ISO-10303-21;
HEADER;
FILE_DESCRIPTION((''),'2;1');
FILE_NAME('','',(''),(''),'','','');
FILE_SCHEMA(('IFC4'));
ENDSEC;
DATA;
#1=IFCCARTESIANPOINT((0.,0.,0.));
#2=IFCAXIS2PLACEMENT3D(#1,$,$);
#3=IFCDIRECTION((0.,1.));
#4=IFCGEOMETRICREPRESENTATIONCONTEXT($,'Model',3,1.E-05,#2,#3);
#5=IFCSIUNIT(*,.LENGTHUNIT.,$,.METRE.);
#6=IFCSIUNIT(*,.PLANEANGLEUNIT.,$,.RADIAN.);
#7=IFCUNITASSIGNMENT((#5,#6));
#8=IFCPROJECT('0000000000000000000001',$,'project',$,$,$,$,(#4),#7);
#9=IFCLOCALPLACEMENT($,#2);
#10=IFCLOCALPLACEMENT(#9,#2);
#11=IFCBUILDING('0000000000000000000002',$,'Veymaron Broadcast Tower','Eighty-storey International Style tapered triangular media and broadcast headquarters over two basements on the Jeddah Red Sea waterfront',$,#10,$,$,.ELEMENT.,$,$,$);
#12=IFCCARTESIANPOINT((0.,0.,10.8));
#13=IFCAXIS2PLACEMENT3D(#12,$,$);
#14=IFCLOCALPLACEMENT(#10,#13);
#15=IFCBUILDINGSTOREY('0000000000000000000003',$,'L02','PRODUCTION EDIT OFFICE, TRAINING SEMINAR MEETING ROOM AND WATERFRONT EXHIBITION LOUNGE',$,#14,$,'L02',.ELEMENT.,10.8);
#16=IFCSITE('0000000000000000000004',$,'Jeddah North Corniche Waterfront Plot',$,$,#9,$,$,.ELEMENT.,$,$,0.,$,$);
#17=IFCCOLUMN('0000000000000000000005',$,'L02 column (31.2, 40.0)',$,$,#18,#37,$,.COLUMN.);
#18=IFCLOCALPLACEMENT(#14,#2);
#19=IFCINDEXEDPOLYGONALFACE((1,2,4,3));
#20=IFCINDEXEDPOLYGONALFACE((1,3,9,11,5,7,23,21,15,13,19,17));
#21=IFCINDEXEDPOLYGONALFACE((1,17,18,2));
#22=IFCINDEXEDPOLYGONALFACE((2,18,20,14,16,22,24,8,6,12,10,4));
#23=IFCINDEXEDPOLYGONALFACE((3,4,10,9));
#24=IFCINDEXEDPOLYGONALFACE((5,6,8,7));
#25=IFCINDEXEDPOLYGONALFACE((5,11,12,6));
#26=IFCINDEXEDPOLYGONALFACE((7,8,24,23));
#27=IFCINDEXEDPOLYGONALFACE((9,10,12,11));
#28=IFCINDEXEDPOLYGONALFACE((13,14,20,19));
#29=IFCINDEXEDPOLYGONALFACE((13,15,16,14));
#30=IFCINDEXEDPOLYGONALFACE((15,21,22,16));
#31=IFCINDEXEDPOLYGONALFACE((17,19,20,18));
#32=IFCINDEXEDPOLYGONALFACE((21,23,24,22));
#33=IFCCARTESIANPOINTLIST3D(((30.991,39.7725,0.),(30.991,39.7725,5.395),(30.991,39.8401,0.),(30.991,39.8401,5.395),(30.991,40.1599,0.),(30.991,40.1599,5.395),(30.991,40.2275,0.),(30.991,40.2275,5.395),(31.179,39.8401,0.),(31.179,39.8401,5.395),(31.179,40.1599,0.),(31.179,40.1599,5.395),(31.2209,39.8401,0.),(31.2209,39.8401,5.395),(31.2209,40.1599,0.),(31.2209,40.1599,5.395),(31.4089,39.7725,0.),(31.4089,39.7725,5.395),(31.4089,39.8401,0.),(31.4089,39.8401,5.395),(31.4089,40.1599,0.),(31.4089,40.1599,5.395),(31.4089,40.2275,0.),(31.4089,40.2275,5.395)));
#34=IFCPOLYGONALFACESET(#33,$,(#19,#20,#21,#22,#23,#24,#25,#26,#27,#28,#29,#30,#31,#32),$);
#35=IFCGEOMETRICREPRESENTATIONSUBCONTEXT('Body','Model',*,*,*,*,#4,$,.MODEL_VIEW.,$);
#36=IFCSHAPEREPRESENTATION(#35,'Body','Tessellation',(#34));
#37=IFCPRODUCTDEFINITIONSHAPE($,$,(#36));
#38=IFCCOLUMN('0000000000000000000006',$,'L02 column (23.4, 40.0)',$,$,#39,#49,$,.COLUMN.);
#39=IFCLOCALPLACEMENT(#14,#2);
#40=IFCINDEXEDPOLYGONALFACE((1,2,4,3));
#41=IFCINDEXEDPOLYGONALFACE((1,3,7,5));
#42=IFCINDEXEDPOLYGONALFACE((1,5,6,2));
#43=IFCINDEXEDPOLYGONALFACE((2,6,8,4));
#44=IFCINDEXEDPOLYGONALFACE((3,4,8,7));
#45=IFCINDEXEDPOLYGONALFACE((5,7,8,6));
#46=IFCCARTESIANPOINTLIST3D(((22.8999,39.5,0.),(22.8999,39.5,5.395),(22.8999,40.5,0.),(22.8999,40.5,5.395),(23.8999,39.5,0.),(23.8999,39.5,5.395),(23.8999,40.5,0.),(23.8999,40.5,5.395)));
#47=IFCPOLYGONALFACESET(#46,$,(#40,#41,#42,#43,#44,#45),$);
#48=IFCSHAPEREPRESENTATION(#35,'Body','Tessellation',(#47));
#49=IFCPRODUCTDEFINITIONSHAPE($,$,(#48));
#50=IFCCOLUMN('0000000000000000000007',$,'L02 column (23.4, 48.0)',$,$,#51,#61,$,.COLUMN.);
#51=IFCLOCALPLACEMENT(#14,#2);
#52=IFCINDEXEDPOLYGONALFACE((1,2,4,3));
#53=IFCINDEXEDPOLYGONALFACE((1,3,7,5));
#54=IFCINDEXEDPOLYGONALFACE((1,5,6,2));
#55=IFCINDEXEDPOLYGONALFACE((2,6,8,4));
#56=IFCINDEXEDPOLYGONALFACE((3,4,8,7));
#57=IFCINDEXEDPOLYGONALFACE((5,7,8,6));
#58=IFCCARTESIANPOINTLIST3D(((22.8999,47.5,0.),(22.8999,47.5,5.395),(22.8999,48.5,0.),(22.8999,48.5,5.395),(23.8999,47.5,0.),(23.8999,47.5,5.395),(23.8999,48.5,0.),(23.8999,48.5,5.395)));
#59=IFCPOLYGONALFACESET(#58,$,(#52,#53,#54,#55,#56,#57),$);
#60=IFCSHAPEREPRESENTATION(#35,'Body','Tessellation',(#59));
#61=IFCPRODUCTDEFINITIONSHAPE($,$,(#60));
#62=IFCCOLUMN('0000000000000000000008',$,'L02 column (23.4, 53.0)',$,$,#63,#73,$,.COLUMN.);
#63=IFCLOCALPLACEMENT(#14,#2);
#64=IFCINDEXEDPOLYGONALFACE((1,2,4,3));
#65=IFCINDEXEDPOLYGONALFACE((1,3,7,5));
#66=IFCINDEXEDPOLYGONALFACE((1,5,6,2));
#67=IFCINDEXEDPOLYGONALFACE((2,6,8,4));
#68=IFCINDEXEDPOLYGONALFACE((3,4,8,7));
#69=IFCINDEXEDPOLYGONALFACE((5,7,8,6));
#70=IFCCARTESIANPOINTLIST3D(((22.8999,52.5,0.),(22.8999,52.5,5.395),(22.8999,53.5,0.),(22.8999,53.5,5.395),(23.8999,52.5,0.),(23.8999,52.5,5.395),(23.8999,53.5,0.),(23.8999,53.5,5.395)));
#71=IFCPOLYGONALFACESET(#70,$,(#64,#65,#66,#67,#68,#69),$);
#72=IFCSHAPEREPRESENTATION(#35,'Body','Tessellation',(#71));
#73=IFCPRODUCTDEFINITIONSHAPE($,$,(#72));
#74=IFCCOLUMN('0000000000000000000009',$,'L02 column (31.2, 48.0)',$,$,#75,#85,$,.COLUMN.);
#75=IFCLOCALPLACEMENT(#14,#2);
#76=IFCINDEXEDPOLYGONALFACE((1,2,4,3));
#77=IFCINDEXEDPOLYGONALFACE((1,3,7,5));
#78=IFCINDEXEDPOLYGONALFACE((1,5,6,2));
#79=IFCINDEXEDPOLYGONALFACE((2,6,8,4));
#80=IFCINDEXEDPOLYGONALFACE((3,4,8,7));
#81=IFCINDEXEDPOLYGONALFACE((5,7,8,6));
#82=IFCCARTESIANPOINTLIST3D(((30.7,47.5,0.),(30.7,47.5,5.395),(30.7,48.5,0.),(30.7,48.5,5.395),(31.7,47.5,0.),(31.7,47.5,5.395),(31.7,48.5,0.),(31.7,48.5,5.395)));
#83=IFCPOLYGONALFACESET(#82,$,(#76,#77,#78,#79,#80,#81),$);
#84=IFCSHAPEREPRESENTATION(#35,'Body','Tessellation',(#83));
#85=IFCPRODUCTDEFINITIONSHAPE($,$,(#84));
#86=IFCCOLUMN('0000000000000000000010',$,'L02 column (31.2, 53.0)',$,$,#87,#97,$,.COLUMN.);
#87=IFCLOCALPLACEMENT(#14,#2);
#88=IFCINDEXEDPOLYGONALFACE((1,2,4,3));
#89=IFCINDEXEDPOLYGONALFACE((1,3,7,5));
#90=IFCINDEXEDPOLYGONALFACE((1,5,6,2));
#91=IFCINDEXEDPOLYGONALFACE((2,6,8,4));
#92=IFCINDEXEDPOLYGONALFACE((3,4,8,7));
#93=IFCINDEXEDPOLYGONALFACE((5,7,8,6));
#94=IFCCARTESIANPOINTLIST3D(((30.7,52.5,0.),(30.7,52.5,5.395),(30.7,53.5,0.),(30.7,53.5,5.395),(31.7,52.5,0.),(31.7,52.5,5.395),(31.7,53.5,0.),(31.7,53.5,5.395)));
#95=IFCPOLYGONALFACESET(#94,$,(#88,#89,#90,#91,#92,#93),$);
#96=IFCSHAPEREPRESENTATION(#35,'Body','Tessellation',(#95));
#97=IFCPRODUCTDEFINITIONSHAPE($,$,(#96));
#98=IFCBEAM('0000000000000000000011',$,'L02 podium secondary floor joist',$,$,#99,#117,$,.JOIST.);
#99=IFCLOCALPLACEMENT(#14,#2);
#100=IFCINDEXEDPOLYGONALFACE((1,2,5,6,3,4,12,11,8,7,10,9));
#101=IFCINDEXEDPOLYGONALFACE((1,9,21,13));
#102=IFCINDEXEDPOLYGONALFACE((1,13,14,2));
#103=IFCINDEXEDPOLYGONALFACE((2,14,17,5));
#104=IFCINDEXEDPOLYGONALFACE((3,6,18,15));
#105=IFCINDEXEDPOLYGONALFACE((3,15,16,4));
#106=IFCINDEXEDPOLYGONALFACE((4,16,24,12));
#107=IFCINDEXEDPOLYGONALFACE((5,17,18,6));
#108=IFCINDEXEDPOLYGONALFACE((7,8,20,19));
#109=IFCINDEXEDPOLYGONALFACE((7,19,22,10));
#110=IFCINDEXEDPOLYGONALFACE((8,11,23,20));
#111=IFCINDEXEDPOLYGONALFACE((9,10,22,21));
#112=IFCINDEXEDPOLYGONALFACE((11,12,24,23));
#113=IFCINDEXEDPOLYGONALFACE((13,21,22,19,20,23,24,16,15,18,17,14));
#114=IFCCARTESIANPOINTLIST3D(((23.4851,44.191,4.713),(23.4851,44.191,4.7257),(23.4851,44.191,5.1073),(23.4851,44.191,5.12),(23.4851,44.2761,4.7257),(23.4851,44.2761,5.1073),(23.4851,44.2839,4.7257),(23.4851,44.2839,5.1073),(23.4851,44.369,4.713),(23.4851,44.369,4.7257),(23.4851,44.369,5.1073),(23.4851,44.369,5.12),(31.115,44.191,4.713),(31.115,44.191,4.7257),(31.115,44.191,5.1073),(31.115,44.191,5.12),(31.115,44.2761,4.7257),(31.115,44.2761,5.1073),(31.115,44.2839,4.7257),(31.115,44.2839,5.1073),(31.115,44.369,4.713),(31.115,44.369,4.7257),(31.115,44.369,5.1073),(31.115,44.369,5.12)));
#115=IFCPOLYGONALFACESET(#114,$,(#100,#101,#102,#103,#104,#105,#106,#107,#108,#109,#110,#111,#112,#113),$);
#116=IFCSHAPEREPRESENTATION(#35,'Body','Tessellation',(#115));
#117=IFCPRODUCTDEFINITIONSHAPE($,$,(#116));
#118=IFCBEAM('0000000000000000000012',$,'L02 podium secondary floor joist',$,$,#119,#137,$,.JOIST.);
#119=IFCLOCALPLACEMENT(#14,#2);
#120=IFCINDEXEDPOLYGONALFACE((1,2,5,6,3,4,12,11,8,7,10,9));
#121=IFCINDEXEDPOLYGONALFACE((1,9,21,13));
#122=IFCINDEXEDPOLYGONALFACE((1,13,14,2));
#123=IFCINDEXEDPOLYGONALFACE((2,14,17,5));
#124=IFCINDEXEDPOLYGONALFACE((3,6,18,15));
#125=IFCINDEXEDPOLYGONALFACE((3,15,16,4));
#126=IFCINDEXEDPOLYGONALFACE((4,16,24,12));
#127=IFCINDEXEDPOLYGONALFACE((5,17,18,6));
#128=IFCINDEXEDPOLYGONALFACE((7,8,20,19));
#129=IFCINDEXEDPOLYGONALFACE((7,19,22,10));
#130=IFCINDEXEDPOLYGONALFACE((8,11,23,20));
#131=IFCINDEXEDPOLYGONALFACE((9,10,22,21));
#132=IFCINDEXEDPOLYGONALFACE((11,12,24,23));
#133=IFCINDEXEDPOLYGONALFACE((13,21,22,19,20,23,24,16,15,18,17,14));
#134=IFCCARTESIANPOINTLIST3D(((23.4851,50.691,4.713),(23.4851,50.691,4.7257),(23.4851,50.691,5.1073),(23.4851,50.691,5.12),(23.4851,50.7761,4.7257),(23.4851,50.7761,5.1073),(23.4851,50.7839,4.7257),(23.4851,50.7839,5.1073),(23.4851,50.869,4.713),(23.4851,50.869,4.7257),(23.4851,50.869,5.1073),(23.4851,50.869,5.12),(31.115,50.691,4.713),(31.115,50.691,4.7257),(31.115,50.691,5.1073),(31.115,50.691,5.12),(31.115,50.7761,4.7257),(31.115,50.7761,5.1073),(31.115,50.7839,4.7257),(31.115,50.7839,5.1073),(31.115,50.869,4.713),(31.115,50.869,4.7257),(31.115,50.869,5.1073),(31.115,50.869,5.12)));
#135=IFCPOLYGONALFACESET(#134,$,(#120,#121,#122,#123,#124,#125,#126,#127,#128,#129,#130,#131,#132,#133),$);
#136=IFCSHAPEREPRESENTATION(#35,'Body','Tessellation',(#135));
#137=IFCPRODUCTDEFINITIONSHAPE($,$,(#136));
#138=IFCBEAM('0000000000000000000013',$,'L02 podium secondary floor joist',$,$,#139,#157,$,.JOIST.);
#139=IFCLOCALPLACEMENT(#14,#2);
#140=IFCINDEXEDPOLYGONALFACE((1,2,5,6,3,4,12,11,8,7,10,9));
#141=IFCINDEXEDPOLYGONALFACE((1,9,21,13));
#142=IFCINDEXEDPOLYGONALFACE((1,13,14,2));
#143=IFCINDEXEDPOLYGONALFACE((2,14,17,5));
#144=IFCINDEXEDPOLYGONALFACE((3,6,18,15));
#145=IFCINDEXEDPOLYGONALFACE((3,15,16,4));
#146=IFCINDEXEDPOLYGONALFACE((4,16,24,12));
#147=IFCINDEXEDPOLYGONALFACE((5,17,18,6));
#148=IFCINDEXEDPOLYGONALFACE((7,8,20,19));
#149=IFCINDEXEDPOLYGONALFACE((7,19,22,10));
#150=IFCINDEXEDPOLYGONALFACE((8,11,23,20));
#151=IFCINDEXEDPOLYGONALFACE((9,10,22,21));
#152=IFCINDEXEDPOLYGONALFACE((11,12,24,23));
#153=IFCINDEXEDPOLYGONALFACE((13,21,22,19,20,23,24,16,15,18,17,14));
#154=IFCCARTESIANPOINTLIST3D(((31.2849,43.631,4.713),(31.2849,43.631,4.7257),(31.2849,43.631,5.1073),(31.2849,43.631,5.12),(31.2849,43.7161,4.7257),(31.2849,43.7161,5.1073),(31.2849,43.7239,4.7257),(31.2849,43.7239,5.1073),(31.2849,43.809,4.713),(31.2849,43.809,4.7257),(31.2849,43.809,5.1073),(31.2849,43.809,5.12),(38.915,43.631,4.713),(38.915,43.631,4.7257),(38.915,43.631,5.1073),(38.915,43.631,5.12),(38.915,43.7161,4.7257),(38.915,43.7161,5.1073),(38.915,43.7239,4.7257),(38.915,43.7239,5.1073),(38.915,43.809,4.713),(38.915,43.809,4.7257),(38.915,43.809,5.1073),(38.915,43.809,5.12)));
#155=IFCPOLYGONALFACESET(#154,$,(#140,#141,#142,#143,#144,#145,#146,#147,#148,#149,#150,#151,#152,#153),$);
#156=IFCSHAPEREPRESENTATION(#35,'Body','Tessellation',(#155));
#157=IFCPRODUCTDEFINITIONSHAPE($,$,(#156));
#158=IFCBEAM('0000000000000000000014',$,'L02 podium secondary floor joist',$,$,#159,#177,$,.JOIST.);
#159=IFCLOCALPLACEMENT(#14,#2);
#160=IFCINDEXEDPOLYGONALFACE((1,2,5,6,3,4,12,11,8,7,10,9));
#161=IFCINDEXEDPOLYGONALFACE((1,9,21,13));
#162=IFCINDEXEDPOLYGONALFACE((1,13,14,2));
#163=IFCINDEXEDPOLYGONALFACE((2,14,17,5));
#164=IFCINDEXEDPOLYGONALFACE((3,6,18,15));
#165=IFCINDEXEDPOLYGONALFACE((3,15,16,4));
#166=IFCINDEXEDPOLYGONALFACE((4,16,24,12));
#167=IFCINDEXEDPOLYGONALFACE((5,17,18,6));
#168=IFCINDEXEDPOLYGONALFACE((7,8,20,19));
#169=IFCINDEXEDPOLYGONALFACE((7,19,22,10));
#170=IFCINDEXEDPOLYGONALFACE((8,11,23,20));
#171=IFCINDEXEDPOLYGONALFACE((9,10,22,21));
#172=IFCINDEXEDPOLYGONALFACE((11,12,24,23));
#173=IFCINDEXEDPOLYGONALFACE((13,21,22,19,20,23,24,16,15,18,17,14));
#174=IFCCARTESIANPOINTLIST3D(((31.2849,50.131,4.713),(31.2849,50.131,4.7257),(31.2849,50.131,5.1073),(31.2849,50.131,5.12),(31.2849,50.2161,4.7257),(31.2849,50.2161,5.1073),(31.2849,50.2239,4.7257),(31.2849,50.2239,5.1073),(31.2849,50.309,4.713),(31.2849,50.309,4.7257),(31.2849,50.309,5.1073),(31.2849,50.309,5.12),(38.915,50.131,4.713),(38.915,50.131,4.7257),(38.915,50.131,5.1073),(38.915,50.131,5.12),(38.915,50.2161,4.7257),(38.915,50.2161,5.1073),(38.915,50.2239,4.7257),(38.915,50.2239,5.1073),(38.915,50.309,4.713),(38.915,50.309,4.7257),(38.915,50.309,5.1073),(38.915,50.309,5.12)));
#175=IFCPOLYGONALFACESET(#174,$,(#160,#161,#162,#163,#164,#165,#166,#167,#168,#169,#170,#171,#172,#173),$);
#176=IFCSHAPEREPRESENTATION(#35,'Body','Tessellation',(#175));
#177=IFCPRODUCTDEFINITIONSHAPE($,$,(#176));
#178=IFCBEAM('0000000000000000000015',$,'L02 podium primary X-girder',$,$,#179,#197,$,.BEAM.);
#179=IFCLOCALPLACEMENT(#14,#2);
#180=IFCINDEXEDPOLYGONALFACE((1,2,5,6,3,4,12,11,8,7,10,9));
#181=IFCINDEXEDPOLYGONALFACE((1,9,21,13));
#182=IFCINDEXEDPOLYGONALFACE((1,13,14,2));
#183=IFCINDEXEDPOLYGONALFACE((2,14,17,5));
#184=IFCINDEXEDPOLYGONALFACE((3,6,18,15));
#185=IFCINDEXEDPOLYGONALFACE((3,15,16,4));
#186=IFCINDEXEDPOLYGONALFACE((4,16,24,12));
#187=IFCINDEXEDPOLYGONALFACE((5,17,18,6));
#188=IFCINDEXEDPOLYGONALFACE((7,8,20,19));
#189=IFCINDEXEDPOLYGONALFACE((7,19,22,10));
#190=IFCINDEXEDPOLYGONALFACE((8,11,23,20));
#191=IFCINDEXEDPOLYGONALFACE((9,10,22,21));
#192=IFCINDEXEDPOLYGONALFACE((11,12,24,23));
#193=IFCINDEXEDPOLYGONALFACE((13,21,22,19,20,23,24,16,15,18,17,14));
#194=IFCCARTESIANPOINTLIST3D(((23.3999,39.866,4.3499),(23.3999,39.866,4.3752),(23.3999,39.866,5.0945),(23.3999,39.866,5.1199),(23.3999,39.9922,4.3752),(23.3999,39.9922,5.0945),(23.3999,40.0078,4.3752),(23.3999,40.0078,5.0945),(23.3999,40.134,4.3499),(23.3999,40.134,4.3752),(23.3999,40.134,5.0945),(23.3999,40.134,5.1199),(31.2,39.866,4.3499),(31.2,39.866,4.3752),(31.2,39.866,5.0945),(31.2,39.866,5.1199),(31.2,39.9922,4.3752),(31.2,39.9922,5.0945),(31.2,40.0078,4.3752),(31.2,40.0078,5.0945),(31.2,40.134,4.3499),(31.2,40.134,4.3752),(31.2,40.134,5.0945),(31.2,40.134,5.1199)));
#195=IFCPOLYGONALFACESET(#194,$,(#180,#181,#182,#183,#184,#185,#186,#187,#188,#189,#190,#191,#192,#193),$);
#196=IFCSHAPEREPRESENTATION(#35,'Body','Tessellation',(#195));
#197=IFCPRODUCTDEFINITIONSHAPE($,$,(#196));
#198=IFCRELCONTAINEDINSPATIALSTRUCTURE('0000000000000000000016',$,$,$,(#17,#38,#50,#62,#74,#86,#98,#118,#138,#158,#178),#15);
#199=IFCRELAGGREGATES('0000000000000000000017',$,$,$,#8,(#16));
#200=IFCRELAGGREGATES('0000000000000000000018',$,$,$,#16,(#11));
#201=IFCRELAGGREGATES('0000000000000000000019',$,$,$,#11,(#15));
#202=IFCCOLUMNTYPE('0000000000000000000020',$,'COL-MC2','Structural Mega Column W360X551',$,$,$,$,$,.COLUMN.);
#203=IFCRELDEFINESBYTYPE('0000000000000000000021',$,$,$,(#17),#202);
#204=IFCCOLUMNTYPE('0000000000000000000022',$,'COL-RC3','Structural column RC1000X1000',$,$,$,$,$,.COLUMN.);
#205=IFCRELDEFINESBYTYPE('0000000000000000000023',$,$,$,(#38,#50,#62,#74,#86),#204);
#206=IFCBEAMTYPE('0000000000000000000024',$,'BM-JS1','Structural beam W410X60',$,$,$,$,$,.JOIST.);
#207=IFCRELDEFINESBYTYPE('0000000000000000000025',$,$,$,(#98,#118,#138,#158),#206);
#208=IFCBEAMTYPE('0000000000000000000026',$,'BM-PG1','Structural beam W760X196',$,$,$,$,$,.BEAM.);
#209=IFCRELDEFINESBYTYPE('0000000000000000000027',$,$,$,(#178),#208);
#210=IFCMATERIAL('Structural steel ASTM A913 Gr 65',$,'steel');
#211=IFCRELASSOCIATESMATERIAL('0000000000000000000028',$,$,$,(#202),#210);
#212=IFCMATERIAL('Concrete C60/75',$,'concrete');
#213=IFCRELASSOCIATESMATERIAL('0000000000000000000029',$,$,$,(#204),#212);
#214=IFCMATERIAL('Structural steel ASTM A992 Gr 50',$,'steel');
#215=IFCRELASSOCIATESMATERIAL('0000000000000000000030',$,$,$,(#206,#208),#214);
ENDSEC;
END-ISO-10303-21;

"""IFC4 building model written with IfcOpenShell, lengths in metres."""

from ifc_helpers import new_model, si_unit, direction, frame, origin, origin_2d, place, context, subcontext, project, spatial, rectangle, i_section, extrude, material, material_profile, profile_set, type_object, element, save


model = new_model("IFC4")

# Units and contexts
model_context = context("Model", 3, precision=1e-05, world=origin(), true_north=direction((0.0, 1.0)))
body_context = subcontext(model_context, "Body", "Model", "MODEL_VIEW")
ifc_project = project(units=[si_unit("LENGTHUNIT", "METRE"), si_unit("PLANEANGLEUNIT", "RADIAN")], contexts=[model_context])

# Site, building, storey
site_placement = place(None, origin())
site = spatial("IfcSite", under=ifc_project, at=site_placement, Name="Jeddah North Corniche Waterfront Plot", CompositionType="ELEMENT", RefElevation=0.0)
building_placement = place(site_placement, origin())
building = spatial("IfcBuilding", under=site, at=building_placement, Name="Veymaron Broadcast Tower", Description="Eighty-storey International Style tapered triangular media and broadcast headquarters over two basements on the Jeddah Red Sea waterfront", CompositionType="ELEMENT")
storey_placement = place(building_placement, frame((0.0, 0.0, 10.8)))
storey = spatial("IfcBuildingStorey", under=building, at=storey_placement, Name="L02", Description="PRODUCTION EDIT OFFICE, TRAINING SEMINAR MEETING ROOM AND WATERFRONT EXHIBITION LOUNGE", LongName="L02", CompositionType="ELEMENT", Elevation=10.8)

# Columns
ifc_material_1 = material(Name="Structural steel ASTM A913 Gr 65", Category="steel")
ifc_material_profile_1 = material_profile(ifc_material_1, i_section(OverallWidth=0.418, OverallDepth=0.4551, WebThickness=0.042, FlangeThickness=0.0676, at=origin_2d()), Name="W360X551")
ifc_profile_set_1 = profile_set([ifc_material_profile_1], Name="Structural steel ASTM A913 Gr 65")
column_type_1 = type_object("IfcColumnType", Name="COL-MC2", Description="Structural Mega Column W360X551", PredefinedType="COLUMN", material=ifc_profile_set_1)
column_placement = place(storey_placement, frame((31.2, 40.0, 0.0), z_axis=(0.0, 0.0, 1.0), x_axis=(1.0, 0.0, 0.0)))
element("IfcColumn", 1, at=column_placement, inside=storey, type_object=column_type_1, Name="L02 column (31.2, 40.0)", PredefinedType="COLUMN", context=body_context, shape_type="SweptSolid", body=[
    extrude(i_section(OverallWidth=0.418, OverallDepth=0.4551, WebThickness=0.042, FlangeThickness=0.0676, at=origin_2d()), origin(), (0.0, 0.0, 1.0), 5.395),
])
ifc_material_2 = material(Name="Concrete C60/75", Category="concrete")
ifc_material_profile_2 = material_profile(ifc_material_2, rectangle(XDim=1.0, YDim=1.0, at=origin_2d()), Name="RC1000X1000")
ifc_profile_set_2 = profile_set([ifc_material_profile_2], Name="Concrete C60/75")
column_type_2 = type_object("IfcColumnType", Name="COL-RC3", Description="Structural column RC1000X1000", PredefinedType="COLUMN", material=ifc_profile_set_2)
for number, where, z_axis, x_axis, name in (
    (2, (23.3999, 40.0, 0.0), (0.0, 0.0, 1.0), (1.0, 0.0, 0.0), "L02 column (23.4, 40.0)"),
    (3, (23.3999, 48.0, 0.0), (0.0, 0.0, 1.0), (1.0, 0.0, 0.0), "L02 column (23.4, 48.0)"),
    (4, (23.3999, 53.0, 0.0), (0.0, 0.0, 1.0), (1.0, 0.0, 0.0), "L02 column (23.4, 53.0)"),
    (5, (31.2, 48.0, 0.0), (0.0, 0.0, 1.0), (1.0, 0.0, 0.0), "L02 column (31.2, 48.0)"),
    (6, (31.2, 53.0, 0.0), (0.0, 0.0, 1.0), (1.0, 0.0, 0.0), "L02 column (31.2, 53.0)"),
):
    element("IfcColumn", number, at=place(storey_placement, frame(where, z_axis=z_axis, x_axis=x_axis)), inside=storey, type_object=column_type_2, Name=name, PredefinedType="COLUMN", context=body_context, shape_type="SweptSolid", body=[
        extrude(rectangle(XDim=1.0, YDim=1.0, at=origin_2d()), origin(), (0.0, 0.0, 1.0), 5.395),
    ])

# Beams
ifc_material_3 = material(Name="Structural steel ASTM A992 Gr 50", Category="steel")
ifc_material_profile_3 = material_profile(ifc_material_3, i_section(OverallWidth=0.178, OverallDepth=0.407, WebThickness=0.0078, FlangeThickness=0.0127, at=origin_2d()), Name="W410X60")
ifc_profile_set_3 = profile_set([ifc_material_profile_3], Name="Structural steel ASTM A992 Gr 50")
beam_type_1 = type_object("IfcBeamType", Name="BM-JS1", Description="Structural beam W410X60", PredefinedType="JOIST", material=ifc_profile_set_3)
for number, where, z_axis, x_axis, name in (
    (7, (23.4851, 44.28, 4.9165), (1.0, 0.0, 0.0), (0.0, 1.0, 0.0), "L02 podium secondary floor joist"),
    (8, (23.4851, 50.78, 4.9165), (1.0, 0.0, 0.0), (0.0, 1.0, 0.0), "L02 podium secondary floor joist"),
):
    element("IfcBeam", number, at=place(storey_placement, frame(where, z_axis=z_axis, x_axis=x_axis)), inside=storey, type_object=beam_type_1, Name=name, PredefinedType="JOIST", context=body_context, shape_type="SweptSolid", body=[
        extrude(i_section(OverallWidth=0.178, OverallDepth=0.407, WebThickness=0.0078, FlangeThickness=0.0127, at=origin_2d()), origin(), (0.0, 0.0, 1.0), 7.6299),
    ])
for number, where, z_axis, x_axis, name in (
    (9, (31.2849, 43.72, 4.9165), (1.0, 0.0, 0.0), (0.0, 1.0, 0.0), "L02 podium secondary floor joist"),
    (10, (31.2849, 50.22, 4.9165), (1.0, 0.0, 0.0), (0.0, 1.0, 0.0), "L02 podium secondary floor joist"),
):
    element("IfcBeam", number, at=place(storey_placement, frame(where, z_axis=z_axis, x_axis=x_axis)), inside=storey, type_object=beam_type_1, Name=name, PredefinedType="JOIST", context=body_context, shape_type="SweptSolid", body=[
        extrude(i_section(OverallWidth=0.178, OverallDepth=0.407, WebThickness=0.0078, FlangeThickness=0.0127, at=origin_2d()), origin(), (0.0, 0.0, 1.0), 7.6301),
    ])
ifc_material_profile_4 = material_profile(ifc_material_3, i_section(OverallWidth=0.2681, OverallDepth=0.77, WebThickness=0.0156, FlangeThickness=0.0254, at=origin_2d()), Name="W760X196")
ifc_profile_set_4 = profile_set([ifc_material_profile_4], Name="Structural steel ASTM A992 Gr 50")
beam_type_2 = type_object("IfcBeamType", Name="BM-PG1", Description="Structural beam W760X196", PredefinedType="BEAM", material=ifc_profile_set_4)
for number, where, z_axis, x_axis, name in (
    (11, (23.3999, 40.0, 4.7349), (1.0, 0.0, 0.0), (0.0, 1.0, 0.0), "L02 podium primary X-girder"),
):
    element("IfcBeam", number, at=place(storey_placement, frame(where, z_axis=z_axis, x_axis=x_axis)), inside=storey, type_object=beam_type_2, Name=name, PredefinedType="BEAM", context=body_context, shape_type="SweptSolid", body=[
        extrude(i_section(OverallWidth=0.2681, OverallDepth=0.77, WebThickness=0.0156, FlangeThickness=0.0254, at=origin_2d()), origin(), (0.0, 0.0, 1.0), 7.8),
    ])

save(model, "model.ifc")
